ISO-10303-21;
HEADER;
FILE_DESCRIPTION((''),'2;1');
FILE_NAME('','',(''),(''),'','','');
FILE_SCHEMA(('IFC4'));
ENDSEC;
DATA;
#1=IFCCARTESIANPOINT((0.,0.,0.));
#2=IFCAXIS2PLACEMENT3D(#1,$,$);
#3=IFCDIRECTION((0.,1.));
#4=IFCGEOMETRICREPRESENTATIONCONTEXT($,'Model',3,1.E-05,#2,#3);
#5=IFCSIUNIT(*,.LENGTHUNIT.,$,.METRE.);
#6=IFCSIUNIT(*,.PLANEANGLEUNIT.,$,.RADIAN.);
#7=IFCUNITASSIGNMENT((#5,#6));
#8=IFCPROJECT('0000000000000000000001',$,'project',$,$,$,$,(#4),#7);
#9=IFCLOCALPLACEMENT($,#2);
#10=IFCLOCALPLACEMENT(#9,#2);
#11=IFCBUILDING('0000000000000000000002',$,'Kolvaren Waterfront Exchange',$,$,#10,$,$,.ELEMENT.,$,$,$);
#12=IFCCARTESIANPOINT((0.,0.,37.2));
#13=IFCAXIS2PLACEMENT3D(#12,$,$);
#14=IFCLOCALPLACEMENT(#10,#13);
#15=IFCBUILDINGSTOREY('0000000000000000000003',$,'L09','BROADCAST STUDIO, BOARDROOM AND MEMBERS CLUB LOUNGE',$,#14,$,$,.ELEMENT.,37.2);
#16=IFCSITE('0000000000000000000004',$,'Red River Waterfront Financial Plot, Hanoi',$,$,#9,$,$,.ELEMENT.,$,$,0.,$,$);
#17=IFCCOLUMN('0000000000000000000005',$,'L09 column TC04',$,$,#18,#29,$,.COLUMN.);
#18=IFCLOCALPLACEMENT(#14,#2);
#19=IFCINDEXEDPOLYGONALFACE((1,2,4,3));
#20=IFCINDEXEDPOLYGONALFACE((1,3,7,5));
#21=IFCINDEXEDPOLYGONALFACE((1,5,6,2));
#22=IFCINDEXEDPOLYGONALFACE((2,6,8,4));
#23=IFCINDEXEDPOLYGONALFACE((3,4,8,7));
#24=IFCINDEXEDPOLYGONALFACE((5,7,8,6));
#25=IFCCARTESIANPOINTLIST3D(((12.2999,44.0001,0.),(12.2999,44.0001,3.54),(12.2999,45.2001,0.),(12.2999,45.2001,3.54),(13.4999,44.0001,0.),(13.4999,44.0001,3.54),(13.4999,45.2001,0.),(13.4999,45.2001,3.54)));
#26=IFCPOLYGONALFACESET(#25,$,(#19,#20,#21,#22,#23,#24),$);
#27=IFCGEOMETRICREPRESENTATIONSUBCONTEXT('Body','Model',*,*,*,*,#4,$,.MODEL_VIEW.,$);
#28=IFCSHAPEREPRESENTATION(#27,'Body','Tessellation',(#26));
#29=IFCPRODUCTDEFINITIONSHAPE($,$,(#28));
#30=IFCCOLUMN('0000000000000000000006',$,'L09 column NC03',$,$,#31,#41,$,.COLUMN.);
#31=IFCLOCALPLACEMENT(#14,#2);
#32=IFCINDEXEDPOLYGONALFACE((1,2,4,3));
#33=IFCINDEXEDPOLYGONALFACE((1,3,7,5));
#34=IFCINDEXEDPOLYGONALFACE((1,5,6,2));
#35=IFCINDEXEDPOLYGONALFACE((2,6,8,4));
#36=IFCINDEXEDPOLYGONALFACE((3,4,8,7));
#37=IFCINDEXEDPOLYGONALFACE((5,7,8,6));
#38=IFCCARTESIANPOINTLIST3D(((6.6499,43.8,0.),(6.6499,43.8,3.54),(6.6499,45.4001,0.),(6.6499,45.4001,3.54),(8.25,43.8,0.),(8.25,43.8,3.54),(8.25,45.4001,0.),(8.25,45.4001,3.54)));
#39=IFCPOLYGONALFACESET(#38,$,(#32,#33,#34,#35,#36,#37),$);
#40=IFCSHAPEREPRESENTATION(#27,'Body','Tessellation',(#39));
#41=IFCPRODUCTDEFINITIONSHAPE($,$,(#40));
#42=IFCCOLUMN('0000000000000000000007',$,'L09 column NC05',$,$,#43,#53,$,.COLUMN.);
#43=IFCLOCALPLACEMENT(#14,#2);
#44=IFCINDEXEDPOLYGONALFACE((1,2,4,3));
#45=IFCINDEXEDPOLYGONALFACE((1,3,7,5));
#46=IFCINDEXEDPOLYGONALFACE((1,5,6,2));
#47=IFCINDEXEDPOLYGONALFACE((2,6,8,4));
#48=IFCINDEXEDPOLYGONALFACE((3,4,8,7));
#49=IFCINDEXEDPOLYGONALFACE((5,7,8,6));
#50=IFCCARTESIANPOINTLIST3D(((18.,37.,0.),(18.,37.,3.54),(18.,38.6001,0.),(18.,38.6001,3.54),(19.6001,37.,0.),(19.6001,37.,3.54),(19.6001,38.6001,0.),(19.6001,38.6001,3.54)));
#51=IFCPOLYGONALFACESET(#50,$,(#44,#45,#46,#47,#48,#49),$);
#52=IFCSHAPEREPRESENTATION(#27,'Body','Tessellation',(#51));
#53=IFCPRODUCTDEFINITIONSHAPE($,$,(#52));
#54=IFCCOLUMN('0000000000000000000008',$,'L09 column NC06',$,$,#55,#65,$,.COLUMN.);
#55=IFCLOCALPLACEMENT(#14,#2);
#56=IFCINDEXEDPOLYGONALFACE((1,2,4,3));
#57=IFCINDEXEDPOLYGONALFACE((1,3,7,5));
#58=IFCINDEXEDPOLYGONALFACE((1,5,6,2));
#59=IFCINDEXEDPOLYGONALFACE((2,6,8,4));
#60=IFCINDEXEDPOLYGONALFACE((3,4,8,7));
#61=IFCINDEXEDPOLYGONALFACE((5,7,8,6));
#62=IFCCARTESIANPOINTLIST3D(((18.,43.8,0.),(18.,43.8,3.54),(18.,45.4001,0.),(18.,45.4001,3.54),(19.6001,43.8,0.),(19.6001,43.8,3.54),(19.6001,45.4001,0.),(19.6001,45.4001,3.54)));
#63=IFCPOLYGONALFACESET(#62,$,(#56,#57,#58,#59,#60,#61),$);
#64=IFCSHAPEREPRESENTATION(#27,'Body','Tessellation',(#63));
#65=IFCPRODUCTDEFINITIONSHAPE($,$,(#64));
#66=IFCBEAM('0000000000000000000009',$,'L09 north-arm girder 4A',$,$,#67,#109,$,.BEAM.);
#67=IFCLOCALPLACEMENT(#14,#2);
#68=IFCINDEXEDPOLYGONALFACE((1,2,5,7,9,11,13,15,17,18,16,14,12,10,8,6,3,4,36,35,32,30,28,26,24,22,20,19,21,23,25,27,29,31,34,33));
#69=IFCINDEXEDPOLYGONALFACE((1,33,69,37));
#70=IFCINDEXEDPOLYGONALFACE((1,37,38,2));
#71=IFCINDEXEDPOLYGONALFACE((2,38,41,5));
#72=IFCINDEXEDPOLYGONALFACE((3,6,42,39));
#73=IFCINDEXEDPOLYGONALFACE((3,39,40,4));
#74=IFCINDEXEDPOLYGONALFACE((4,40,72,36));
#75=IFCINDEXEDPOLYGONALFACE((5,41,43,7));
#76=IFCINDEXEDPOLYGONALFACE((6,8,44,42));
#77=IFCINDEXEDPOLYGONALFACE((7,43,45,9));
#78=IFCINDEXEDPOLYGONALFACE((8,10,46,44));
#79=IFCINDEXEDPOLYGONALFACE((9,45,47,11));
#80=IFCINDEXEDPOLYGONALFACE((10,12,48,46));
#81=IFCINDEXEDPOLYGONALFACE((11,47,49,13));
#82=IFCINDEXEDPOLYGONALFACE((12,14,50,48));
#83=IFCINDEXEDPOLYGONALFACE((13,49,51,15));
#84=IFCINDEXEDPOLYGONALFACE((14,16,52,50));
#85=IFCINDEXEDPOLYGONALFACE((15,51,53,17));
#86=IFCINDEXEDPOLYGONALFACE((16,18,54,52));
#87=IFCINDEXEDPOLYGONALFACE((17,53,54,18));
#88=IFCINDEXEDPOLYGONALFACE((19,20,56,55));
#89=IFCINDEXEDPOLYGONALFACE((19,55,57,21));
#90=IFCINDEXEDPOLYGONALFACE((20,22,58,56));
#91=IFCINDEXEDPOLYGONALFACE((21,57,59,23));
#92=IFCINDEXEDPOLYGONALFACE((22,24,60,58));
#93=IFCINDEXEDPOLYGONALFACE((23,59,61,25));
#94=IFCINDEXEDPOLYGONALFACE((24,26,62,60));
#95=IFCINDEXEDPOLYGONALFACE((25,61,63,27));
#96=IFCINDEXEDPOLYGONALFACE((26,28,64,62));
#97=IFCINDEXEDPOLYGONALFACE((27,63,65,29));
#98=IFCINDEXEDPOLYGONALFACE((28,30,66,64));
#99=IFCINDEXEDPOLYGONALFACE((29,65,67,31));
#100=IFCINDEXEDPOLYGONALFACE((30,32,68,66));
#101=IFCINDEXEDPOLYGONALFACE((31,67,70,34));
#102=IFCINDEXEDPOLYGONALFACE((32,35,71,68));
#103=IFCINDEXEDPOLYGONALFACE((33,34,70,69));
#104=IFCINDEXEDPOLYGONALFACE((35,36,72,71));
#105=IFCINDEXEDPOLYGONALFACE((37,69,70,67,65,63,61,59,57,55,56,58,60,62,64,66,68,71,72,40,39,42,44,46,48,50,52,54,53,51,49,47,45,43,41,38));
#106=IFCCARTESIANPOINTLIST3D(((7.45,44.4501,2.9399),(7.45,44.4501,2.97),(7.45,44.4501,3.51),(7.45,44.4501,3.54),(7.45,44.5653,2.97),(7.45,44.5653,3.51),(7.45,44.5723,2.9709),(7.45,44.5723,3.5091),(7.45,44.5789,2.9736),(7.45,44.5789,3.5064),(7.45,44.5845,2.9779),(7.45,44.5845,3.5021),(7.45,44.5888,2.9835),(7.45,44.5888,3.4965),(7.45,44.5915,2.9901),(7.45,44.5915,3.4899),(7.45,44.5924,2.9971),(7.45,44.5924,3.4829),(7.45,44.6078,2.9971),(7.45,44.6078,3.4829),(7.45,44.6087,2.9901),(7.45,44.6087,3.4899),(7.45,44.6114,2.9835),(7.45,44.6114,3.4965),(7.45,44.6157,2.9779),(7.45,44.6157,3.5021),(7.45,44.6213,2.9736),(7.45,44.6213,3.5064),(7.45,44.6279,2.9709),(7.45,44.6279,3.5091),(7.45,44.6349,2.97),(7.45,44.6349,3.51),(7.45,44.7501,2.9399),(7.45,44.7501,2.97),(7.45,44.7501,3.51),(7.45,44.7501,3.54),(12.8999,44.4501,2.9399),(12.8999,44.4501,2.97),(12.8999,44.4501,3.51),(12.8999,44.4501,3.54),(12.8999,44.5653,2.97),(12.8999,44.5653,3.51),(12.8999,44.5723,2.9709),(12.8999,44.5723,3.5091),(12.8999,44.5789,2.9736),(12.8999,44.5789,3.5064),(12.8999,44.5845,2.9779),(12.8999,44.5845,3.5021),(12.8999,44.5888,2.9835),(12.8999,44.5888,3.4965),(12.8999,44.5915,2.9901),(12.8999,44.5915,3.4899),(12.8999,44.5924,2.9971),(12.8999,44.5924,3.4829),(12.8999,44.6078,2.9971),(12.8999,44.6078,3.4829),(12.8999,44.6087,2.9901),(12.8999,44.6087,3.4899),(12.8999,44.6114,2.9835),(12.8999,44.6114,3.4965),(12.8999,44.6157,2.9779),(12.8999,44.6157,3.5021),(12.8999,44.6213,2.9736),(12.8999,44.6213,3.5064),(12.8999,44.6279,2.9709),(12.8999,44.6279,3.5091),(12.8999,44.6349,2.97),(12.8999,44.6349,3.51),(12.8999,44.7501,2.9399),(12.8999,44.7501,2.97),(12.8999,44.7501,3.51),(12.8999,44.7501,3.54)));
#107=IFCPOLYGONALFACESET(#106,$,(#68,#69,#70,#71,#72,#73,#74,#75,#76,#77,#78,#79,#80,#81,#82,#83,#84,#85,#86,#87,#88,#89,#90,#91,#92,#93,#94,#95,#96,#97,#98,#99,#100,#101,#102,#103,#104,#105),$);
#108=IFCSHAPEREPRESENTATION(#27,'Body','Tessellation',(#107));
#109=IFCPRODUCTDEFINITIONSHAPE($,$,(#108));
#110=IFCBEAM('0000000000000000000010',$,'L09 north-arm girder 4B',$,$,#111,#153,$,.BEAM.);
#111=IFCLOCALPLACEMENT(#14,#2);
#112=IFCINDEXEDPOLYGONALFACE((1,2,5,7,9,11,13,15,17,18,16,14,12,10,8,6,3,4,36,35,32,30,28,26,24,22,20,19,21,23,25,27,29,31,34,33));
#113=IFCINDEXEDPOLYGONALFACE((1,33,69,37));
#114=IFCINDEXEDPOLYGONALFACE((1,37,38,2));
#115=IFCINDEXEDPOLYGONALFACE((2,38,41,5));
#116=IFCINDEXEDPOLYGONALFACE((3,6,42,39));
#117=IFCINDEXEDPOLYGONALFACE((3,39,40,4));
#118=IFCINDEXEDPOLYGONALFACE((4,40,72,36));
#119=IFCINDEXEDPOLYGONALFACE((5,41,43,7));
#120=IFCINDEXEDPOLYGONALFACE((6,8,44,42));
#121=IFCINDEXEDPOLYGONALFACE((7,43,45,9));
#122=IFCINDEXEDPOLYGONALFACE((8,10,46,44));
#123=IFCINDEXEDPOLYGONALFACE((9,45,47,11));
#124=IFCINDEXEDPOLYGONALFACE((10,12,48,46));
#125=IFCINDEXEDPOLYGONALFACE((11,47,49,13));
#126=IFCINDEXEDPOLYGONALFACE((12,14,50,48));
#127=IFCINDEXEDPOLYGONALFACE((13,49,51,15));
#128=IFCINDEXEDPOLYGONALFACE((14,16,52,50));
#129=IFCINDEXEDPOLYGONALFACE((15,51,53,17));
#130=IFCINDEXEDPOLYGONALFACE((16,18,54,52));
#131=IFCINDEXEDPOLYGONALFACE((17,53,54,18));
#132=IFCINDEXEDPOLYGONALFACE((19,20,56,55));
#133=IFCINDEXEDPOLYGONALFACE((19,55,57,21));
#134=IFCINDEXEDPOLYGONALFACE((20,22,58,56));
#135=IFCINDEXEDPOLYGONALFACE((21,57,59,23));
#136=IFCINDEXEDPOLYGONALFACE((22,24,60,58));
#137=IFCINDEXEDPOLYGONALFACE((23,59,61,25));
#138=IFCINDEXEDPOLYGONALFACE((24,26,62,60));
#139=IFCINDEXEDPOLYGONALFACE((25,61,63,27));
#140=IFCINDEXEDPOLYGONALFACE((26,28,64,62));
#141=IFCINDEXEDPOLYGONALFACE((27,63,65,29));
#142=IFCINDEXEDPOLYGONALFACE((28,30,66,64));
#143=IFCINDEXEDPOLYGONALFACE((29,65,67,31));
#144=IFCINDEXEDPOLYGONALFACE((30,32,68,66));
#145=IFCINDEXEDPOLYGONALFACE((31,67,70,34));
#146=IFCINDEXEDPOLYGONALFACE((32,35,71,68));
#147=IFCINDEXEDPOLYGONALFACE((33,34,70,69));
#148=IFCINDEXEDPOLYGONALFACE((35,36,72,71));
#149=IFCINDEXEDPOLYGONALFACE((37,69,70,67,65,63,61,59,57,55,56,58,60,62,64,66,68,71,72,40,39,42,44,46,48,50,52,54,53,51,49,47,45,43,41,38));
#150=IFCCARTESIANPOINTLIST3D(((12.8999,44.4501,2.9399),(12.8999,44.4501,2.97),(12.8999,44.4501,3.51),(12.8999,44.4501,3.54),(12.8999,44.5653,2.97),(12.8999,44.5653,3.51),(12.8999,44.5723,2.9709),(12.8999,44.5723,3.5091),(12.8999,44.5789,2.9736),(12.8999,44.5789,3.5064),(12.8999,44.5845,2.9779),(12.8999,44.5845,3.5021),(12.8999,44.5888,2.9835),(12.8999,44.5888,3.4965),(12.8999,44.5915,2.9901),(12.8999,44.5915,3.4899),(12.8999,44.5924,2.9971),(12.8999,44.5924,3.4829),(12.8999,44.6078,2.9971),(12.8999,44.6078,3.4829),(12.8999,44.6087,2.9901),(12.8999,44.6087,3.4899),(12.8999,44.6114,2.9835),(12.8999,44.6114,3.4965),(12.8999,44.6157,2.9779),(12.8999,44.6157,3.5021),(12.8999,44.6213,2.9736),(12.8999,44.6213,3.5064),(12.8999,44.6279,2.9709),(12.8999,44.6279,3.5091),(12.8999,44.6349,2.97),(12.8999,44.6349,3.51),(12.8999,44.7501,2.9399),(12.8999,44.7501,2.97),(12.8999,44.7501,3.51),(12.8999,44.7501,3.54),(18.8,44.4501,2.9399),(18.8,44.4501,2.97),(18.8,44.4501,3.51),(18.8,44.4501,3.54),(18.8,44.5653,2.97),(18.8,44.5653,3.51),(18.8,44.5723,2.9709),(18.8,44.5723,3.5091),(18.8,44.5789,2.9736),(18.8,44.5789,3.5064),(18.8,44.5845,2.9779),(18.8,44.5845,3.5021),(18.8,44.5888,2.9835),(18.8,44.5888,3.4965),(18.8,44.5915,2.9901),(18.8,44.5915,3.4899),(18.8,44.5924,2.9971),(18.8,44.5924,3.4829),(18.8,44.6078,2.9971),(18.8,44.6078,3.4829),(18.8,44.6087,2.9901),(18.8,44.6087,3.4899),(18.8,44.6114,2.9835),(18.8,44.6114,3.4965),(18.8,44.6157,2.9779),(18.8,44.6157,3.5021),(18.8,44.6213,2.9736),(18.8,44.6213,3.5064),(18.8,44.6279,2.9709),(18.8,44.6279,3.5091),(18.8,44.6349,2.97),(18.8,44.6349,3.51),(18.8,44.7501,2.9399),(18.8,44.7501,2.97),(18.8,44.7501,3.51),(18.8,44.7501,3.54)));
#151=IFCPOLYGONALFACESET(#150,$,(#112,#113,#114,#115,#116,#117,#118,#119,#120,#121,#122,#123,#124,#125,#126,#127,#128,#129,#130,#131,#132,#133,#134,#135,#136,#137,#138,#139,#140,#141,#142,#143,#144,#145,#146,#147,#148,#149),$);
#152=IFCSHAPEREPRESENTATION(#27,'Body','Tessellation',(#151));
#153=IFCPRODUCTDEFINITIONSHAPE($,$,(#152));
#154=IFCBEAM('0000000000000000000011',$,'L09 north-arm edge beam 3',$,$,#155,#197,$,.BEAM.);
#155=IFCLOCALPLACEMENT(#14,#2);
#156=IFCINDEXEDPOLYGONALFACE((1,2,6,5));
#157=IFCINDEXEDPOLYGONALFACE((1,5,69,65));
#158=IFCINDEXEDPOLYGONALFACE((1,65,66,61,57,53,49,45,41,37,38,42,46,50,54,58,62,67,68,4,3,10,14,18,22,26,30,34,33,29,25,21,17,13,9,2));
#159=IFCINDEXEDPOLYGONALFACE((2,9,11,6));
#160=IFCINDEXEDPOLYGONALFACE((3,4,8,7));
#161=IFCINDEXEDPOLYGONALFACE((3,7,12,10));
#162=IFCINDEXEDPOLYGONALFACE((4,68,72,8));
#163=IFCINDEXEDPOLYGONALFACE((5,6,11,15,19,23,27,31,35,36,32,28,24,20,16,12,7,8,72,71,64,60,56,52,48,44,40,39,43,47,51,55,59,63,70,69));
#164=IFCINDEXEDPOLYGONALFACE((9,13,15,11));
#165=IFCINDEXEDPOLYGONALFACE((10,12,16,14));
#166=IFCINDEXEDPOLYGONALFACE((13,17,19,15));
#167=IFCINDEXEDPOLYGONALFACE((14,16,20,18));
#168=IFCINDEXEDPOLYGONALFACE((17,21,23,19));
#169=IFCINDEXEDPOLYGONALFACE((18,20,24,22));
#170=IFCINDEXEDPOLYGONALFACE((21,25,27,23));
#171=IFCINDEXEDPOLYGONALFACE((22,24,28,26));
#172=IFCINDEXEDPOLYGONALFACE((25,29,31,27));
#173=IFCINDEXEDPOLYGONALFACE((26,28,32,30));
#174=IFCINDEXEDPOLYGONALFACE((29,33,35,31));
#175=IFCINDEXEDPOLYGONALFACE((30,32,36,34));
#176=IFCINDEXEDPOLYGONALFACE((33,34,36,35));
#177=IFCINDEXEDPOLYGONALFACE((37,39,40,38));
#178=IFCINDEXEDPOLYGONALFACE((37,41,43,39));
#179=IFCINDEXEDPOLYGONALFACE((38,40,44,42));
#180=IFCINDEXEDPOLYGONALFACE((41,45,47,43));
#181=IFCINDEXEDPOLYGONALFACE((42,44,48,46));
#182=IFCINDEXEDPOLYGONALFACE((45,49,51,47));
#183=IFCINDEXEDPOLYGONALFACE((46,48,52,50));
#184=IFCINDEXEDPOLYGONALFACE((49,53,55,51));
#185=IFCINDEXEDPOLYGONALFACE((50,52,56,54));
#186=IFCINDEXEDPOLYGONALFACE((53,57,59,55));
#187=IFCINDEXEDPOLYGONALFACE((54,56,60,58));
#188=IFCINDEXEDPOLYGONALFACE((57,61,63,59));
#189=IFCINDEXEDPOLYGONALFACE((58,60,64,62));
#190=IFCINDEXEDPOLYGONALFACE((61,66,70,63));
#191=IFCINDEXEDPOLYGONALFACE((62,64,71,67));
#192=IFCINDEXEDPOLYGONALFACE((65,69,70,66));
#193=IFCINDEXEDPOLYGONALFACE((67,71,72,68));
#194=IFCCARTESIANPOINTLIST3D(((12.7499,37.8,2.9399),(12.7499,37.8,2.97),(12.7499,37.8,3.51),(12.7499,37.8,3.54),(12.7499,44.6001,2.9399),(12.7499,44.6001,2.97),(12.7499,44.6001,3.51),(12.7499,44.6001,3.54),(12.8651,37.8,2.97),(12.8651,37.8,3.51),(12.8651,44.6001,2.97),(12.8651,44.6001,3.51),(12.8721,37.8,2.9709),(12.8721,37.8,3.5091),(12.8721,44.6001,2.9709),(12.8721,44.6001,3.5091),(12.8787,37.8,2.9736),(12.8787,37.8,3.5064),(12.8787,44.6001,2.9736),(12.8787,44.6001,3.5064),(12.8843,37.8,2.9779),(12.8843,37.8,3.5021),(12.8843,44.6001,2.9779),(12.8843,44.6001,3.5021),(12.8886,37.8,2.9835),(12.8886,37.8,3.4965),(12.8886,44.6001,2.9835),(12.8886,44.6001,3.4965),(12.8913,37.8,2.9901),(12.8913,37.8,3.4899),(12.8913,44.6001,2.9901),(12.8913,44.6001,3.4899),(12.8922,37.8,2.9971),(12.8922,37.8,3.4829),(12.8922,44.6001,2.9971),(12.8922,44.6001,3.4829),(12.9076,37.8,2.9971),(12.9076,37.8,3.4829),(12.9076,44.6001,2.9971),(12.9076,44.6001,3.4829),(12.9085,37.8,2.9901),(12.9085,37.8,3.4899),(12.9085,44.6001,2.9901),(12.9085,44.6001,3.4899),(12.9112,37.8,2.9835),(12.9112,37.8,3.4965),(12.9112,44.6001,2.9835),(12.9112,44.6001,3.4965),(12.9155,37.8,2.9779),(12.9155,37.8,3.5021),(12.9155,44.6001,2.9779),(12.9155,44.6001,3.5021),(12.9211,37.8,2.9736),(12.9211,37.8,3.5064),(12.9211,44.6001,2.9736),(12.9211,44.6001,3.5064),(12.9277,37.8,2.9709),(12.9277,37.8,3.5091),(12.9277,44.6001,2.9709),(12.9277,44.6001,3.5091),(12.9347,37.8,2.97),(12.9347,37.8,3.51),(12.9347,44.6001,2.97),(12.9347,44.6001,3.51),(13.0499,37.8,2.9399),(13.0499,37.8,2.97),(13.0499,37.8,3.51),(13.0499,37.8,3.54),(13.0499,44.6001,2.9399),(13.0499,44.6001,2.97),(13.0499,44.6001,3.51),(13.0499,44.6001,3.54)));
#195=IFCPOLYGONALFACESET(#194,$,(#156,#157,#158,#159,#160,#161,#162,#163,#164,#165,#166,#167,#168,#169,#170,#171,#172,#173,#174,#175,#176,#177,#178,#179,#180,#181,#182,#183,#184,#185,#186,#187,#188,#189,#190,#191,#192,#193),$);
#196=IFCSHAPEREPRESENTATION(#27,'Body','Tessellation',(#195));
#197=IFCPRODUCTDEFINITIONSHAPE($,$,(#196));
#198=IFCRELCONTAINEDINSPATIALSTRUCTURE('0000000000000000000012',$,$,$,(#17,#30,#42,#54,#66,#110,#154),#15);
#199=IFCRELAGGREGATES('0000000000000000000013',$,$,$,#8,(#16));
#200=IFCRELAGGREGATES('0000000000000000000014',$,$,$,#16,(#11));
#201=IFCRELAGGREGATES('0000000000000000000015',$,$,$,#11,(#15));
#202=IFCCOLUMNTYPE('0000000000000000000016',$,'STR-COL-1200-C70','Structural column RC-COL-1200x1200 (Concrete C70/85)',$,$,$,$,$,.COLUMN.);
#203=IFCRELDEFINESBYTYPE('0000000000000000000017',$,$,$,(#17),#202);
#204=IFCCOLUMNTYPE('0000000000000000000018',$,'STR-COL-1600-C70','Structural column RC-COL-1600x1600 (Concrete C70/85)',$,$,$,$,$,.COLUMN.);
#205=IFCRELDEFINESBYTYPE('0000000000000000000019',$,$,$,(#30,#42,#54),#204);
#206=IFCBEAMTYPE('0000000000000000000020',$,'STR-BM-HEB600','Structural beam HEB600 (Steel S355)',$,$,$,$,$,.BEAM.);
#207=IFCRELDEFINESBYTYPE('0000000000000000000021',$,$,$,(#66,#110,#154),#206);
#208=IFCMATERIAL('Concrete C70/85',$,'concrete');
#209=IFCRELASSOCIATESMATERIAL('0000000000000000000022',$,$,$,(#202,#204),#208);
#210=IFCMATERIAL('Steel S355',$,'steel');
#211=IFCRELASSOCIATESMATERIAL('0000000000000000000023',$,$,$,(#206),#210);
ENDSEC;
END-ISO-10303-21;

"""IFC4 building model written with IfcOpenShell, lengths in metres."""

from ifc_helpers import new_model, si_unit, direction, frame, origin, origin_2d, place, context, subcontext, project, spatial, rectangle, i_section, extrude, material, material_profile, profile_set, type_object, element, save


model = new_model("IFC4")

# Units and contexts
model_context = context("Model", 3, precision=1e-05, world=origin(), true_north=direction((0.0, 1.0)))
body_context = subcontext(model_context, "Body", "Model", "MODEL_VIEW")
ifc_project = project(units=[si_unit("LENGTHUNIT", "METRE"), si_unit("PLANEANGLEUNIT", "RADIAN")], contexts=[model_context])

# Site, building, storey
site_placement = place(None, origin())
site = spatial("IfcSite", under=ifc_project, at=site_placement, Name="Red River Waterfront Financial Plot, Hanoi", CompositionType="ELEMENT", RefElevation=0.0)
building_placement = place(site_placement, origin())
building = spatial("IfcBuilding", under=site, at=building_placement, Name="Kolvaren Waterfront Exchange", CompositionType="ELEMENT")
storey_placement = place(building_placement, frame((0.0, 0.0, 37.2)))
storey = spatial("IfcBuildingStorey", under=building, at=storey_placement, Name="L09", Description="BROADCAST STUDIO, BOARDROOM AND MEMBERS CLUB LOUNGE", CompositionType="ELEMENT", Elevation=37.2)

# Columns
ifc_material_1 = material(Name="Concrete C70/85", Category="concrete")
ifc_material_profile_1 = material_profile(ifc_material_1, rectangle(XDim=1.2, YDim=1.2, at=origin_2d()), Name="RC-COL-1200x1200")
ifc_profile_set_1 = profile_set([ifc_material_profile_1], Name="Concrete C70/85")
column_type_1 = type_object("IfcColumnType", Name="STR-COL-1200-C70", Description="Structural column RC-COL-1200x1200 (Concrete C70/85)", PredefinedType="COLUMN", material=ifc_profile_set_1)
column_placement = place(storey_placement, frame((12.8999, 44.6001, 0.0), z_axis=(0.0, 0.0, 1.0), x_axis=(1.0, 0.0, 0.0)))
element("IfcColumn", 1, at=column_placement, inside=storey, type_object=column_type_1, Name="L09 column TC04", PredefinedType="COLUMN", context=body_context, shape_type="SweptSolid", body=[
    extrude(rectangle(XDim=1.2, YDim=1.2, at=origin_2d()), origin(), (0.0, 0.0, 1.0), 3.54),
])
ifc_material_profile_2 = material_profile(ifc_material_1, rectangle(XDim=1.6001, YDim=1.6001, at=origin_2d()), Name="RC-COL-1600x1600")
ifc_profile_set_2 = profile_set([ifc_material_profile_2], Name="Concrete C70/85")
column_type_2 = type_object("IfcColumnType", Name="STR-COL-1600-C70", Description="Structural column RC-COL-1600x1600 (Concrete C70/85)", PredefinedType="COLUMN", material=ifc_profile_set_2)
for number, where, z_axis, x_axis, name in (
    (2, (7.45, 44.6001, 0.0), (0.0, 0.0, 1.0), (1.0, 0.0, 0.0), "L09 column NC03"),
    (3, (18.8, 37.8, 0.0), (0.0, 0.0, 1.0), (1.0, 0.0, 0.0), "L09 column NC05"),
    (4, (18.8, 44.6001, 0.0), (0.0, 0.0, 1.0), (1.0, 0.0, 0.0), "L09 column NC06"),
):
    element("IfcColumn", number, at=place(storey_placement, frame(where, z_axis=z_axis, x_axis=x_axis)), inside=storey, type_object=column_type_2, Name=name, PredefinedType="COLUMN", context=body_context, shape_type="SweptSolid", body=[
        extrude(rectangle(XDim=1.6001, YDim=1.6001, at=origin_2d()), origin(), (0.0, 0.0, 1.0), 3.54),
    ])

# Beams
ifc_material_2 = material(Name="Steel S355", Category="steel")
ifc_material_profile_3 = material_profile(ifc_material_2, i_section(OverallWidth=0.3, OverallDepth=0.6001, WebThickness=0.0154, FlangeThickness=0.03, FilletRadius=0.0271, at=origin_2d()), Name="HEB600")
ifc_profile_set_3 = profile_set([ifc_material_profile_3], Name="Steel S355")
beam_type_1 = type_object("IfcBeamType", Name="STR-BM-HEB600", Description="Structural beam HEB600 (Steel S355)", PredefinedType="BEAM", material=ifc_profile_set_3)
beam_1_placement = place(storey_placement, frame((7.45, 44.6001, 3.24), z_axis=(1.0, 0.0, 0.0), x_axis=(0.0, 1.0, 0.0)))
element("IfcBeam", 5, at=beam_1_placement, inside=storey, type_object=beam_type_1, Name="L09 north-arm girder 4A", PredefinedType="BEAM", context=body_context, shape_type="SweptSolid", body=[
    extrude(i_section(OverallWidth=0.3, OverallDepth=0.6001, WebThickness=0.0154, FlangeThickness=0.03, FilletRadius=0.0271, at=origin_2d()), origin(), (0.0, 0.0, 1.0), 5.45),
])
beam_2_placement = place(storey_placement, frame((12.8999, 44.6001, 3.24), z_axis=(1.0, 0.0, 0.0), x_axis=(0.0, 1.0, 0.0)))
element("IfcBeam", 6, at=beam_2_placement, inside=storey, type_object=beam_type_1, Name="L09 north-arm girder 4B", PredefinedType="BEAM", context=body_context, shape_type="SweptSolid", body=[
    extrude(i_section(OverallWidth=0.3, OverallDepth=0.6001, WebThickness=0.0154, FlangeThickness=0.03, FilletRadius=0.0271, at=origin_2d()), origin(), (0.0, 0.0, 1.0), 5.9001),
])
beam_3_placement = place(storey_placement, frame((12.8999, 37.8, 3.24), z_axis=(0.0, 1.0, 0.0), x_axis=(-1.0, 0.0, 0.0)))
element("IfcBeam", 7, at=beam_3_placement, inside=storey, type_object=beam_type_1, Name="L09 north-arm edge beam 3", PredefinedType="BEAM", context=body_context, shape_type="SweptSolid", body=[
    extrude(i_section(OverallWidth=0.3, OverallDepth=0.6001, WebThickness=0.0154, FlangeThickness=0.03, FilletRadius=0.0271, at=origin_2d()), origin(), (0.0, 0.0, 1.0), 6.8),
])

save(model, "model.ifc")
